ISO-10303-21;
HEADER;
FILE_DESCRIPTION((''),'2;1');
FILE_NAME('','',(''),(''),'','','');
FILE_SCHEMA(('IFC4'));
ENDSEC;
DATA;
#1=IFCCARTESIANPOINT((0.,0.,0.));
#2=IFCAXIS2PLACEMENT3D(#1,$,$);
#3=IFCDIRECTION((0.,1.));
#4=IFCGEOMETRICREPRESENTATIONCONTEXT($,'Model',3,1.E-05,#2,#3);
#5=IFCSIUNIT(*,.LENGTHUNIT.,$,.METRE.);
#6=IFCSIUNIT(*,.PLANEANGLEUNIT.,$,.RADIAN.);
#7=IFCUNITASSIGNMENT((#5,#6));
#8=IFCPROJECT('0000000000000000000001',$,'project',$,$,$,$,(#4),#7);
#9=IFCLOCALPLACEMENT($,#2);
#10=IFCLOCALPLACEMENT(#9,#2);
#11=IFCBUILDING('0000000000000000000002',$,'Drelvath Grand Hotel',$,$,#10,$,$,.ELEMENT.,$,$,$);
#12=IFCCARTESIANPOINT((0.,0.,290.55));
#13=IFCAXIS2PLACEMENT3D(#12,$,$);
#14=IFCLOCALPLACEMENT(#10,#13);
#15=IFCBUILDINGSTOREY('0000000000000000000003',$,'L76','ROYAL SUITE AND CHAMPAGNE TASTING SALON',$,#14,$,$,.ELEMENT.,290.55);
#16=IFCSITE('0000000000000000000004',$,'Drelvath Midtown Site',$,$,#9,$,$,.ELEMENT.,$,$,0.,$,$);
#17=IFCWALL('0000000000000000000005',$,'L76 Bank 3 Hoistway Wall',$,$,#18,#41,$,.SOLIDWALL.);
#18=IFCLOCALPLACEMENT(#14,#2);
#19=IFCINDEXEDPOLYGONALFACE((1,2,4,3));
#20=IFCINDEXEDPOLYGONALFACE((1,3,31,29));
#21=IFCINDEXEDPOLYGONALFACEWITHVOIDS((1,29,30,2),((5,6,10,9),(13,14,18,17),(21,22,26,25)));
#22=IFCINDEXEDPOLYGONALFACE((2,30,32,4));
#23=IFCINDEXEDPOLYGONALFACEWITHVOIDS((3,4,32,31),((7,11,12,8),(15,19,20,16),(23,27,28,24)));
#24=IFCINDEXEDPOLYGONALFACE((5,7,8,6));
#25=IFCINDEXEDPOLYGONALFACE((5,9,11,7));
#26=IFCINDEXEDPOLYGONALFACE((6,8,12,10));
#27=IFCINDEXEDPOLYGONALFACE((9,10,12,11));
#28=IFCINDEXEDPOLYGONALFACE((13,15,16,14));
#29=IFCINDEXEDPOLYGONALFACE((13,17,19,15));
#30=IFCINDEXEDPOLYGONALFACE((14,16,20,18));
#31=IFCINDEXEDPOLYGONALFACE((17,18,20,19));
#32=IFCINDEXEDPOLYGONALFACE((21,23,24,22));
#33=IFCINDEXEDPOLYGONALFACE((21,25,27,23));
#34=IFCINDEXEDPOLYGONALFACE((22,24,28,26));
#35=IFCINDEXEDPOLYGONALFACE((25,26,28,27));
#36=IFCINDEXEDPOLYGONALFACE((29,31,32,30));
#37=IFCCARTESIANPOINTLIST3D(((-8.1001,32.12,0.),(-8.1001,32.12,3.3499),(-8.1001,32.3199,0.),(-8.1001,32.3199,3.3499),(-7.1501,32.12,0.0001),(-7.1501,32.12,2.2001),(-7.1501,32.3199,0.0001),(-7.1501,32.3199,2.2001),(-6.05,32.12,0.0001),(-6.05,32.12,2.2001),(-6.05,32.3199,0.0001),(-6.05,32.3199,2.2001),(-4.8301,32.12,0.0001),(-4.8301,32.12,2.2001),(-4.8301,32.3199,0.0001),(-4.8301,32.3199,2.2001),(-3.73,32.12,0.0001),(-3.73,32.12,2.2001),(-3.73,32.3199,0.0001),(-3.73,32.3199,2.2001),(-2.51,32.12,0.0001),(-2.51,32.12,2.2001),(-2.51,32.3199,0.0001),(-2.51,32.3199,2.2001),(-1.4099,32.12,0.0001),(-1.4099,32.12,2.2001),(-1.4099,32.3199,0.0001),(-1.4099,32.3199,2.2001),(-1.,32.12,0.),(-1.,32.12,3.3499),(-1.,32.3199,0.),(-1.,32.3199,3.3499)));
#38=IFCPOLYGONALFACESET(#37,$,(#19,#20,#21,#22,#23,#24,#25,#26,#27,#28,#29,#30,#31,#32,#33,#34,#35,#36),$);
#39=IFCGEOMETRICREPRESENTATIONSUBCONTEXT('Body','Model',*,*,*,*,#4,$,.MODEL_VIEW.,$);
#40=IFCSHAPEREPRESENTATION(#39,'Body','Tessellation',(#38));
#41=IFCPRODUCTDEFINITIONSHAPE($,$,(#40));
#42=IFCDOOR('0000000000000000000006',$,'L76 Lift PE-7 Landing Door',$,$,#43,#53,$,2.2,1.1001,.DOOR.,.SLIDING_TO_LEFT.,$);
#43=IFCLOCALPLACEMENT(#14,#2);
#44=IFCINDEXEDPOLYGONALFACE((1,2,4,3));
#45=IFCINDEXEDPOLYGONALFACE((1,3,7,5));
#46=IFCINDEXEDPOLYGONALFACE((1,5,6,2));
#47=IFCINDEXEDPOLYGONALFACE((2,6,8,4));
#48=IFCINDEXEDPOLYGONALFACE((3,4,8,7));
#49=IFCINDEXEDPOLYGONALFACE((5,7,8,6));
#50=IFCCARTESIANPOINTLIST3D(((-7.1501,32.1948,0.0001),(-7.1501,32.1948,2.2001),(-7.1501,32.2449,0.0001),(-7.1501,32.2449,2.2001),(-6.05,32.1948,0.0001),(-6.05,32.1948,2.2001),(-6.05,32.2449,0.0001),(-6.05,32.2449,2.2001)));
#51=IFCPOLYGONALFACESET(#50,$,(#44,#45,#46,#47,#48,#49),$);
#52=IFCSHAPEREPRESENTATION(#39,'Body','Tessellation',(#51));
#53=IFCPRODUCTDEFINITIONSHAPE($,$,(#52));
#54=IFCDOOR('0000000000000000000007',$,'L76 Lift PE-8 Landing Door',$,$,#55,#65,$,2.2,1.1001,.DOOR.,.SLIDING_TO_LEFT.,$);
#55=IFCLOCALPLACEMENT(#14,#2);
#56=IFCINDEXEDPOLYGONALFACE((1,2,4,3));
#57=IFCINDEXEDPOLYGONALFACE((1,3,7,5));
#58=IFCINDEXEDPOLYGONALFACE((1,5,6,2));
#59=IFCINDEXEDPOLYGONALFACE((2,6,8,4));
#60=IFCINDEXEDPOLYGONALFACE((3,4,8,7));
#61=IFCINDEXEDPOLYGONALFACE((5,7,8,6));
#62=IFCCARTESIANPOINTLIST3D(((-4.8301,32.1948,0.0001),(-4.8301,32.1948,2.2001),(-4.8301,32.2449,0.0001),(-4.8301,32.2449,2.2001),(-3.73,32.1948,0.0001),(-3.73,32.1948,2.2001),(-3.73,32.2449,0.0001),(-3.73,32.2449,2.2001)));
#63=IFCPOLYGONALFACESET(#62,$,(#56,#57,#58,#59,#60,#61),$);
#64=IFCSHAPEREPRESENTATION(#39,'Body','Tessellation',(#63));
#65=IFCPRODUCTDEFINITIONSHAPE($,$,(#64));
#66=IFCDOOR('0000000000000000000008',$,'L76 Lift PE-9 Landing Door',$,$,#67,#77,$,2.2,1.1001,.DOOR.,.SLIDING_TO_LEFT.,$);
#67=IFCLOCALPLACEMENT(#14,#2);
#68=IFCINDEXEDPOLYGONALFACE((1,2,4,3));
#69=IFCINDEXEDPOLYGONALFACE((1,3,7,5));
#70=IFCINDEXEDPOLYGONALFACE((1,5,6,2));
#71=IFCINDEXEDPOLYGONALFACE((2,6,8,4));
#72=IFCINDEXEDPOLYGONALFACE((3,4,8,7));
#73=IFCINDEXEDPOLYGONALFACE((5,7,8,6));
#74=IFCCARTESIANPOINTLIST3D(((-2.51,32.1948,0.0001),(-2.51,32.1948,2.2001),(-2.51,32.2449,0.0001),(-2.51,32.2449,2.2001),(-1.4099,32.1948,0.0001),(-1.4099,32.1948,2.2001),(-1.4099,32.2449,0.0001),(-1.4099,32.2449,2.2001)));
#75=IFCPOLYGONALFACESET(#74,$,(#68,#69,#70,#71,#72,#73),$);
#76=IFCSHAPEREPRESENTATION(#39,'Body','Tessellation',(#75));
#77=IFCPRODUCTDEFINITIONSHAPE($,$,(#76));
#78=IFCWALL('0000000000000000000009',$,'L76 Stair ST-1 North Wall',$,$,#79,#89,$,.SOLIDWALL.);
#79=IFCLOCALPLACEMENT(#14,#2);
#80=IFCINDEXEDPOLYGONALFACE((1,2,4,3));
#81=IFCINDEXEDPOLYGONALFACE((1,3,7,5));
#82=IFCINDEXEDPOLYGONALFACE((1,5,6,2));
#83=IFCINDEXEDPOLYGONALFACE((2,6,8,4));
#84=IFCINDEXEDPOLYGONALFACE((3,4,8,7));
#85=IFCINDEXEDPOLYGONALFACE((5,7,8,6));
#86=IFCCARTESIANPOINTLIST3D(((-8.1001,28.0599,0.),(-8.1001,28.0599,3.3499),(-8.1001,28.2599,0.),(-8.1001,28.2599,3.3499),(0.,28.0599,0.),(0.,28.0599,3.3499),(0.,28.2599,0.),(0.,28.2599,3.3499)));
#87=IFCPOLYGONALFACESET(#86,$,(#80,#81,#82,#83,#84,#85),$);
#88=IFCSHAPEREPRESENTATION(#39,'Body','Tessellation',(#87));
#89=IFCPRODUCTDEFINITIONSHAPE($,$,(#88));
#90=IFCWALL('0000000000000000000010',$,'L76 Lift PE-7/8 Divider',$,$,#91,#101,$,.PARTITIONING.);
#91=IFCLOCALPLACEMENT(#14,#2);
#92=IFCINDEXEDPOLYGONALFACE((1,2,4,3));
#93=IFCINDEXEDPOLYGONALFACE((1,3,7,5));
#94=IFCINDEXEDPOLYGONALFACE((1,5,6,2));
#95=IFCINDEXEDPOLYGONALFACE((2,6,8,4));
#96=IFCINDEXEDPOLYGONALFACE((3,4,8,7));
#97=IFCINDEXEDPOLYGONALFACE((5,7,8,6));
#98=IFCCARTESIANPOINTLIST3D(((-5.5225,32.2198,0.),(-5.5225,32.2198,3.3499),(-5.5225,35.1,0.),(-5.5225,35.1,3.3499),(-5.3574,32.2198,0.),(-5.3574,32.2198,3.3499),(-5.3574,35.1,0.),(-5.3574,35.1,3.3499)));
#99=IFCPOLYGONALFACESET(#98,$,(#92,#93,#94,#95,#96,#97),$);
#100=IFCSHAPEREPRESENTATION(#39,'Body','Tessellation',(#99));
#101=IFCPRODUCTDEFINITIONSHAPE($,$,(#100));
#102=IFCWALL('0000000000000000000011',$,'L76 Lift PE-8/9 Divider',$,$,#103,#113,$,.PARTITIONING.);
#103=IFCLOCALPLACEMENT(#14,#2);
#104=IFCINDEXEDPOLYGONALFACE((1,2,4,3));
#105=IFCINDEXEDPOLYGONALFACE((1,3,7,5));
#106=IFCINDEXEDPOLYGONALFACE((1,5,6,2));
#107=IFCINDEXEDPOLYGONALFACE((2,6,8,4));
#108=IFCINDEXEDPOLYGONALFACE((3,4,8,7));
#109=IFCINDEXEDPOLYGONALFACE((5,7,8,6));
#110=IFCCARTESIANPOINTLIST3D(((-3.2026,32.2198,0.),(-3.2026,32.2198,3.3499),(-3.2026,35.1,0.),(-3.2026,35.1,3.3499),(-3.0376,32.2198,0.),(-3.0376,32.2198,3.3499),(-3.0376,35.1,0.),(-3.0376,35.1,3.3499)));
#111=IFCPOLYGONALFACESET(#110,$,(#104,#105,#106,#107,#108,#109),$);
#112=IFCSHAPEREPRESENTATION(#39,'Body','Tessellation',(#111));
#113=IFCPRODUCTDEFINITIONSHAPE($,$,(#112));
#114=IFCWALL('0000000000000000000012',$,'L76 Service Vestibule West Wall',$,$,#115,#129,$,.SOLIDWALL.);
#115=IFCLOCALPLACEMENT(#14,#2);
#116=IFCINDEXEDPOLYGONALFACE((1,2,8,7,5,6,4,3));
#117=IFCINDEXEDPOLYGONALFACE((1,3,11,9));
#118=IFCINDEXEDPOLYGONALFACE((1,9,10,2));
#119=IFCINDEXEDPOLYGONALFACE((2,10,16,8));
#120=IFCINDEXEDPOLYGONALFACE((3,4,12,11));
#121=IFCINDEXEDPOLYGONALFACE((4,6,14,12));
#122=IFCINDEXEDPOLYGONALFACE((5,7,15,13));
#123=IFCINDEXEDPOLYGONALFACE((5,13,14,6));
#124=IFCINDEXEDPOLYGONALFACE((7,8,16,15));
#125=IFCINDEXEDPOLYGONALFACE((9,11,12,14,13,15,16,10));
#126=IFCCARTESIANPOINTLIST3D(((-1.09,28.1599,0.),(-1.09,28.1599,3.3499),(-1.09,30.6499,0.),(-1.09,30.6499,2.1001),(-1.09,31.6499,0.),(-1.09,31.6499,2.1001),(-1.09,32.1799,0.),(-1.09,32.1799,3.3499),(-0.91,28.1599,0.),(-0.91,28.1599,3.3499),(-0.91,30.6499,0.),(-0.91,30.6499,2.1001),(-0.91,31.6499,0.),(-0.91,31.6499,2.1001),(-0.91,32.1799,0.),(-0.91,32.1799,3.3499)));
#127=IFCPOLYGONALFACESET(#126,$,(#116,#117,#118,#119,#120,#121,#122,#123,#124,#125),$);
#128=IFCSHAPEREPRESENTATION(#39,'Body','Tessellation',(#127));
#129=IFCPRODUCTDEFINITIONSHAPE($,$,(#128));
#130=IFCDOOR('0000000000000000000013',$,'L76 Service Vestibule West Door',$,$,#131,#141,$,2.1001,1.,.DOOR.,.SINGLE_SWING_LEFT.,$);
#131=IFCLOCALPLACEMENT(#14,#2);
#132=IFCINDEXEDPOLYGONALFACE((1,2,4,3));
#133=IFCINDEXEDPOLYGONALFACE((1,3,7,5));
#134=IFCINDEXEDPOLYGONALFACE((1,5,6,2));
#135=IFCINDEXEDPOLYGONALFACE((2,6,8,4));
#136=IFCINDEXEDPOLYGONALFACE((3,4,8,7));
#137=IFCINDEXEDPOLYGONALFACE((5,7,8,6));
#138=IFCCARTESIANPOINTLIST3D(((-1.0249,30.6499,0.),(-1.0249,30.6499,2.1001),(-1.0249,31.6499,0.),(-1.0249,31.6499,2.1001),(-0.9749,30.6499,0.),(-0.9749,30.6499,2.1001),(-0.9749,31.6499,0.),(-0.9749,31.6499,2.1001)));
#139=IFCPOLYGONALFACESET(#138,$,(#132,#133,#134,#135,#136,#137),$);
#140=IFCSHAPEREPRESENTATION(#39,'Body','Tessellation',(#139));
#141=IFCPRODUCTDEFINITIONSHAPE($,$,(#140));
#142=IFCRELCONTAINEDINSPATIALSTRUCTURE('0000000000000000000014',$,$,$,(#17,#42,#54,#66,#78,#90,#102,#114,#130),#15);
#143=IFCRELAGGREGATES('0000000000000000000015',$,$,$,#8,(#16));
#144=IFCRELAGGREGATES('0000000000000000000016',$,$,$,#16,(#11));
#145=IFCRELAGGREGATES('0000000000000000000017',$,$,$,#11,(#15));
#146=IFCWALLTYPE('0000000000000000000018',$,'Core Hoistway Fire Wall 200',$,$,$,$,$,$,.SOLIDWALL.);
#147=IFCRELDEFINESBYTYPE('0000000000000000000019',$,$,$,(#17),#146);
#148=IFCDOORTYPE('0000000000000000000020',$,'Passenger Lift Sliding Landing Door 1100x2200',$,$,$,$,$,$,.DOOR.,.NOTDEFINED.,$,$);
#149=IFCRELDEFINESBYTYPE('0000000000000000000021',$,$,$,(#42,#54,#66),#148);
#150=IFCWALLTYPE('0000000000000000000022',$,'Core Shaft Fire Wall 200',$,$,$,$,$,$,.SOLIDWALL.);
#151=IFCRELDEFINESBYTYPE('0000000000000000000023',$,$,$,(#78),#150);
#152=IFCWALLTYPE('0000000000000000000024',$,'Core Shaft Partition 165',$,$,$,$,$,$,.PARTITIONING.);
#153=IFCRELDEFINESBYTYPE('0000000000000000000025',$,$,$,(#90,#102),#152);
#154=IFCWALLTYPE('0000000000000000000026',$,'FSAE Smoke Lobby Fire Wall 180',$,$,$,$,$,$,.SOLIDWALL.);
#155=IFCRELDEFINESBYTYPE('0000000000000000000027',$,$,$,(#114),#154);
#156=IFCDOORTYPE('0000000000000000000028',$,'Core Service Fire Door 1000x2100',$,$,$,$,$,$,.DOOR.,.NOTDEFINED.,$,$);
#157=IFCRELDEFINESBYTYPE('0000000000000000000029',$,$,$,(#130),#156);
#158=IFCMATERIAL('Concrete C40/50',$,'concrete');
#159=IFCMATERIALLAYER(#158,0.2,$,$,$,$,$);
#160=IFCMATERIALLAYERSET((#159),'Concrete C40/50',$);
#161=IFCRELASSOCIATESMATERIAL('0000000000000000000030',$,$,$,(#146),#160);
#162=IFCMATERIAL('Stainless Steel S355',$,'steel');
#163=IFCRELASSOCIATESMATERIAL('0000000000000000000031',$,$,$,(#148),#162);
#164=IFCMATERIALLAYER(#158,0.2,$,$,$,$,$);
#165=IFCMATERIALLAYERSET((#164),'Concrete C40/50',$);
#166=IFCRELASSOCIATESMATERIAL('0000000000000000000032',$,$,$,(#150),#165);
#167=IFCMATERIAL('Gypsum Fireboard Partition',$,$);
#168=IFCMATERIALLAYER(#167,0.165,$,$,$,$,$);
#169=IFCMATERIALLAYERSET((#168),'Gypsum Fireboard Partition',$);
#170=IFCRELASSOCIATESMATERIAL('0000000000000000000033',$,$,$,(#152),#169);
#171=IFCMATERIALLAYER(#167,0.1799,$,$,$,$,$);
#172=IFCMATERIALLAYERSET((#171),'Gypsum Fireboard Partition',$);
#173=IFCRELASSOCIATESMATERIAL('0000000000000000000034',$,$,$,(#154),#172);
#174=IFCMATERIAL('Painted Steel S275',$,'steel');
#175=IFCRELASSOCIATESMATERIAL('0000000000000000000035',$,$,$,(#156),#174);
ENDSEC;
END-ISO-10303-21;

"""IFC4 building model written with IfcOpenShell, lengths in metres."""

from ifc_helpers import new_model, si_unit, direction, frame, frame_2d, origin, place, context, subcontext, project, spatial, rectangle, extrude, material, layer, layer_set, type_object, element, fill, save


model = new_model("IFC4")

# Units and contexts
model_context = context("Model", 3, precision=1e-05, world=origin(), true_north=direction((0.0, 1.0)))
body_context = subcontext(model_context, "Body", "Model", "MODEL_VIEW")
ifc_project = project(units=[si_unit("LENGTHUNIT", "METRE"), si_unit("PLANEANGLEUNIT", "RADIAN")], contexts=[model_context])

# Site, building, storey
site_placement = place(None, origin())
site = spatial("IfcSite", under=ifc_project, at=site_placement, Name="Drelvath Midtown Site", CompositionType="ELEMENT", RefElevation=0.0)
building_placement = place(site_placement, origin())
building = spatial("IfcBuilding", under=site, at=building_placement, Name="Drelvath Grand Hotel", CompositionType="ELEMENT")
storey_placement = place(building_placement, frame((0.0, 0.0, 290.55)))
storey = spatial("IfcBuildingStorey", under=building, at=storey_placement, Name="L76", Description="ROYAL SUITE AND CHAMPAGNE TASTING SALON", CompositionType="ELEMENT", Elevation=290.55)

# Shared definitions
ifc_material_1 = material(Name="Painted Steel S275", Category="steel")

# Wall, openings, doors
ifc_material_2 = material(Name="Concrete C40/50", Category="concrete")
ifc_layer_1 = layer(ifc_material_2, 0.2)
ifc_layer_set_1 = layer_set([ifc_layer_1], Name="Concrete C40/50")
wall_type_1 = type_object("IfcWallType", Name="Core Hoistway Fire Wall 200", PredefinedType="SOLIDWALL", material=ifc_layer_set_1)
ifc_material_3 = material(Name="Stainless Steel S355", Category="steel")
wall_1_placement = place(storey_placement, frame((-8.1001, 32.22, 0.0), z_axis=(0.0, 0.0, 1.0), x_axis=(1.0, 0.0, 0.0)))
wall_1 = element("IfcWall", 1, at=wall_1_placement, inside=storey, type_object=wall_type_1, Name="L76 Bank 3 Hoistway Wall", PredefinedType="SOLIDWALL", context=body_context, shape_type="SweptSolid", body=[
    extrude(rectangle(XDim=7.1001, YDim=0.2, at=frame_2d((3.55, 0.0))), origin(), (0.0, 0.0, 1.0), 3.3499),
])
opening_1_placement = place(wall_1_placement, frame((0.95, 0.0, 0.0)))
opening_1 = element("IfcOpeningElement", 2, at=opening_1_placement, cuts=wall_1, PredefinedType="OPENING", context=body_context, shape_type="SweptSolid", body=[
    extrude(rectangle(XDim=1.1001, YDim=2.2, at=frame_2d((0.55, 1.1001))), frame((0.0, 0.1099, 0.0), z_axis=(0.0, -1.0, 0.0), x_axis=(1.0, 0.0, 0.0)), (0.0, 0.0, 1.0), 0.22),
])
opening_2_placement = place(wall_1_placement, frame((3.27, 0.0, 0.0)))
opening_2 = element("IfcOpeningElement", 3, at=opening_2_placement, cuts=wall_1, PredefinedType="OPENING", context=body_context, shape_type="SweptSolid", body=[
    extrude(rectangle(XDim=1.1001, YDim=2.2, at=frame_2d((0.55, 1.1001))), frame((0.0, 0.1099, 0.0), z_axis=(0.0, -1.0, 0.0), x_axis=(1.0, 0.0, 0.0)), (0.0, 0.0, 1.0), 0.22),
])
opening_3_placement = place(wall_1_placement, frame((5.5901, 0.0, 0.0)))
opening_3 = element("IfcOpeningElement", 4, at=opening_3_placement, cuts=wall_1, PredefinedType="OPENING", context=body_context, shape_type="SweptSolid", body=[
    extrude(rectangle(XDim=1.1001, YDim=2.2, at=frame_2d((0.55, 1.1001))), frame((0.0, 0.1099, 0.0), z_axis=(0.0, -1.0, 0.0), x_axis=(1.0, 0.0, 0.0)), (0.0, 0.0, 1.0), 0.22),
])
door_type_1 = type_object("IfcDoorType", Name="Passenger Lift Sliding Landing Door 1100x2200", OperationType="NOTDEFINED", PredefinedType="DOOR", material=ifc_material_3)
door_1_placement = place(opening_1_placement, origin())
door_1 = element("IfcDoor", 5, at=door_1_placement, inside=storey, type_object=door_type_1, Name="L76 Lift PE-7 Landing Door", OperationType="SLIDING_TO_LEFT", OverallHeight=2.2, OverallWidth=1.1001, PredefinedType="DOOR", context=body_context, shape_type="SweptSolid", body=[
    extrude(rectangle(XDim=1.1001, YDim=2.2, at=frame_2d((0.55, 1.1001))), frame((0.0, 0.0249, 0.0), z_axis=(0.0, -1.0, 0.0), x_axis=(1.0, 0.0, 0.0)), (0.0, 0.0, 1.0), 0.05),
])
fill(opening_1, door_1)
door_2_placement = place(opening_2_placement, origin())
door_2 = element("IfcDoor", 6, at=door_2_placement, inside=storey, type_object=door_type_1, Name="L76 Lift PE-8 Landing Door", OperationType="SLIDING_TO_LEFT", OverallHeight=2.2, OverallWidth=1.1001, PredefinedType="DOOR", context=body_context, shape_type="SweptSolid", body=[
    extrude(rectangle(XDim=1.1001, YDim=2.2, at=frame_2d((0.55, 1.1001))), frame((0.0, 0.0249, 0.0), z_axis=(0.0, -1.0, 0.0), x_axis=(1.0, 0.0, 0.0)), (0.0, 0.0, 1.0), 0.05),
])
fill(opening_2, door_2)
door_3_placement = place(opening_3_placement, origin())
door_3 = element("IfcDoor", 7, at=door_3_placement, inside=storey, type_object=door_type_1, Name="L76 Lift PE-9 Landing Door", OperationType="SLIDING_TO_LEFT", OverallHeight=2.2, OverallWidth=1.1001, PredefinedType="DOOR", context=body_context, shape_type="SweptSolid", body=[
    extrude(rectangle(XDim=1.1001, YDim=2.2, at=frame_2d((0.55, 1.1001))), frame((0.0, 0.0249, 0.0), z_axis=(0.0, -1.0, 0.0), x_axis=(1.0, 0.0, 0.0)), (0.0, 0.0, 1.0), 0.05),
])
fill(opening_3, door_3)

# Walls
ifc_layer_2 = layer(ifc_material_2, 0.2)
ifc_layer_set_2 = layer_set([ifc_layer_2], Name="Concrete C40/50")
wall_type_2 = type_object("IfcWallType", Name="Core Shaft Fire Wall 200", PredefinedType="SOLIDWALL", material=ifc_layer_set_2)
wall_2_placement = place(storey_placement, frame((-8.1001, 28.1599, 0.0), z_axis=(0.0, 0.0, 1.0), x_axis=(1.0, 0.0, 0.0)))
element("IfcWall", 8, at=wall_2_placement, inside=storey, type_object=wall_type_2, Name="L76 Stair ST-1 North Wall", PredefinedType="SOLIDWALL", context=body_context, shape_type="SweptSolid", body=[
    extrude(rectangle(XDim=8.1001, YDim=0.2, at=frame_2d((4.05, 0.0))), origin(), (0.0, 0.0, 1.0), 3.3499),
])
ifc_material_4 = material(Name="Gypsum Fireboard Partition")
ifc_layer_3 = layer(ifc_material_4, 0.165)
ifc_layer_set_3 = layer_set([ifc_layer_3], Name="Gypsum Fireboard Partition")
wall_type_3 = type_object("IfcWallType", Name="Core Shaft Partition 165", PredefinedType="PARTITIONING", material=ifc_layer_set_3)
for number, where, z_axis, x_axis, name in (
    (9, (-5.4399, 32.22, 0.0), (0.0, 0.0, 1.0), (0.0, 1.0, 0.0), "L76 Lift PE-7/8 Divider"),
    (10, (-3.1201, 32.22, 0.0), (0.0, 0.0, 1.0), (0.0, 1.0, 0.0), "L76 Lift PE-8/9 Divider"),
):
    element("IfcWall", number, at=place(storey_placement, frame(where, z_axis=z_axis, x_axis=x_axis)), inside=storey, type_object=wall_type_3, Name=name, PredefinedType="PARTITIONING", context=body_context, shape_type="SweptSolid", body=[
        extrude(rectangle(XDim=2.8801, YDim=0.165, at=frame_2d((1.4399, 0.0))), origin(), (0.0, 0.0, 1.0), 3.3499),
    ])

# Wall, opening, door
ifc_layer_4 = layer(ifc_material_4, 0.1799)
ifc_layer_set_4 = layer_set([ifc_layer_4], Name="Gypsum Fireboard Partition")
wall_type_4 = type_object("IfcWallType", Name="FSAE Smoke Lobby Fire Wall 180", PredefinedType="SOLIDWALL", material=ifc_layer_set_4)
wall_3_placement = place(storey_placement, frame((-1.0, 28.1599, 0.0), z_axis=(0.0, 0.0, 1.0), x_axis=(0.0, 1.0, 0.0)))
wall_3 = element("IfcWall", 11, at=wall_3_placement, inside=storey, type_object=wall_type_4, Name="L76 Service Vestibule West Wall", PredefinedType="SOLIDWALL", context=body_context, shape_type="SweptSolid", body=[
    extrude(rectangle(XDim=4.02, YDim=0.1799, at=frame_2d((2.01, 0.0))), origin(), (0.0, 0.0, 1.0), 3.3499),
])
opening_4_placement = place(wall_3_placement, frame((2.49, 0.0, 0.0)))
opening_4 = element("IfcOpeningElement", 12, at=opening_4_placement, cuts=wall_3, PredefinedType="OPENING", context=body_context, shape_type="SweptSolid", body=[
    extrude(rectangle(XDim=1.0, YDim=2.1001, at=frame_2d((0.5, 1.05))), frame((0.0, 0.0999, 0.0), z_axis=(0.0, -1.0, 0.0), x_axis=(1.0, 0.0, 0.0)), (0.0, 0.0, 1.0), 0.2),
])
door_type_2 = type_object("IfcDoorType", Name="Core Service Fire Door 1000x2100", OperationType="NOTDEFINED", PredefinedType="DOOR", material=ifc_material_1)
door_4_placement = place(opening_4_placement, origin())
door_4 = element("IfcDoor", 13, at=door_4_placement, inside=storey, type_object=door_type_2, Name="L76 Service Vestibule West Door", OperationType="SINGLE_SWING_LEFT", OverallHeight=2.1001, OverallWidth=1.0, PredefinedType="DOOR", context=body_context, shape_type="SweptSolid", body=[
    extrude(rectangle(XDim=1.0, YDim=2.1001, at=frame_2d((0.5, 1.05))), frame((0.0, 0.0249, 0.0), z_axis=(0.0, -1.0, 0.0), x_axis=(1.0, 0.0, 0.0)), (0.0, 0.0, 1.0), 0.05),
])
fill(opening_4, door_4)

save(model, "model.ifc")
